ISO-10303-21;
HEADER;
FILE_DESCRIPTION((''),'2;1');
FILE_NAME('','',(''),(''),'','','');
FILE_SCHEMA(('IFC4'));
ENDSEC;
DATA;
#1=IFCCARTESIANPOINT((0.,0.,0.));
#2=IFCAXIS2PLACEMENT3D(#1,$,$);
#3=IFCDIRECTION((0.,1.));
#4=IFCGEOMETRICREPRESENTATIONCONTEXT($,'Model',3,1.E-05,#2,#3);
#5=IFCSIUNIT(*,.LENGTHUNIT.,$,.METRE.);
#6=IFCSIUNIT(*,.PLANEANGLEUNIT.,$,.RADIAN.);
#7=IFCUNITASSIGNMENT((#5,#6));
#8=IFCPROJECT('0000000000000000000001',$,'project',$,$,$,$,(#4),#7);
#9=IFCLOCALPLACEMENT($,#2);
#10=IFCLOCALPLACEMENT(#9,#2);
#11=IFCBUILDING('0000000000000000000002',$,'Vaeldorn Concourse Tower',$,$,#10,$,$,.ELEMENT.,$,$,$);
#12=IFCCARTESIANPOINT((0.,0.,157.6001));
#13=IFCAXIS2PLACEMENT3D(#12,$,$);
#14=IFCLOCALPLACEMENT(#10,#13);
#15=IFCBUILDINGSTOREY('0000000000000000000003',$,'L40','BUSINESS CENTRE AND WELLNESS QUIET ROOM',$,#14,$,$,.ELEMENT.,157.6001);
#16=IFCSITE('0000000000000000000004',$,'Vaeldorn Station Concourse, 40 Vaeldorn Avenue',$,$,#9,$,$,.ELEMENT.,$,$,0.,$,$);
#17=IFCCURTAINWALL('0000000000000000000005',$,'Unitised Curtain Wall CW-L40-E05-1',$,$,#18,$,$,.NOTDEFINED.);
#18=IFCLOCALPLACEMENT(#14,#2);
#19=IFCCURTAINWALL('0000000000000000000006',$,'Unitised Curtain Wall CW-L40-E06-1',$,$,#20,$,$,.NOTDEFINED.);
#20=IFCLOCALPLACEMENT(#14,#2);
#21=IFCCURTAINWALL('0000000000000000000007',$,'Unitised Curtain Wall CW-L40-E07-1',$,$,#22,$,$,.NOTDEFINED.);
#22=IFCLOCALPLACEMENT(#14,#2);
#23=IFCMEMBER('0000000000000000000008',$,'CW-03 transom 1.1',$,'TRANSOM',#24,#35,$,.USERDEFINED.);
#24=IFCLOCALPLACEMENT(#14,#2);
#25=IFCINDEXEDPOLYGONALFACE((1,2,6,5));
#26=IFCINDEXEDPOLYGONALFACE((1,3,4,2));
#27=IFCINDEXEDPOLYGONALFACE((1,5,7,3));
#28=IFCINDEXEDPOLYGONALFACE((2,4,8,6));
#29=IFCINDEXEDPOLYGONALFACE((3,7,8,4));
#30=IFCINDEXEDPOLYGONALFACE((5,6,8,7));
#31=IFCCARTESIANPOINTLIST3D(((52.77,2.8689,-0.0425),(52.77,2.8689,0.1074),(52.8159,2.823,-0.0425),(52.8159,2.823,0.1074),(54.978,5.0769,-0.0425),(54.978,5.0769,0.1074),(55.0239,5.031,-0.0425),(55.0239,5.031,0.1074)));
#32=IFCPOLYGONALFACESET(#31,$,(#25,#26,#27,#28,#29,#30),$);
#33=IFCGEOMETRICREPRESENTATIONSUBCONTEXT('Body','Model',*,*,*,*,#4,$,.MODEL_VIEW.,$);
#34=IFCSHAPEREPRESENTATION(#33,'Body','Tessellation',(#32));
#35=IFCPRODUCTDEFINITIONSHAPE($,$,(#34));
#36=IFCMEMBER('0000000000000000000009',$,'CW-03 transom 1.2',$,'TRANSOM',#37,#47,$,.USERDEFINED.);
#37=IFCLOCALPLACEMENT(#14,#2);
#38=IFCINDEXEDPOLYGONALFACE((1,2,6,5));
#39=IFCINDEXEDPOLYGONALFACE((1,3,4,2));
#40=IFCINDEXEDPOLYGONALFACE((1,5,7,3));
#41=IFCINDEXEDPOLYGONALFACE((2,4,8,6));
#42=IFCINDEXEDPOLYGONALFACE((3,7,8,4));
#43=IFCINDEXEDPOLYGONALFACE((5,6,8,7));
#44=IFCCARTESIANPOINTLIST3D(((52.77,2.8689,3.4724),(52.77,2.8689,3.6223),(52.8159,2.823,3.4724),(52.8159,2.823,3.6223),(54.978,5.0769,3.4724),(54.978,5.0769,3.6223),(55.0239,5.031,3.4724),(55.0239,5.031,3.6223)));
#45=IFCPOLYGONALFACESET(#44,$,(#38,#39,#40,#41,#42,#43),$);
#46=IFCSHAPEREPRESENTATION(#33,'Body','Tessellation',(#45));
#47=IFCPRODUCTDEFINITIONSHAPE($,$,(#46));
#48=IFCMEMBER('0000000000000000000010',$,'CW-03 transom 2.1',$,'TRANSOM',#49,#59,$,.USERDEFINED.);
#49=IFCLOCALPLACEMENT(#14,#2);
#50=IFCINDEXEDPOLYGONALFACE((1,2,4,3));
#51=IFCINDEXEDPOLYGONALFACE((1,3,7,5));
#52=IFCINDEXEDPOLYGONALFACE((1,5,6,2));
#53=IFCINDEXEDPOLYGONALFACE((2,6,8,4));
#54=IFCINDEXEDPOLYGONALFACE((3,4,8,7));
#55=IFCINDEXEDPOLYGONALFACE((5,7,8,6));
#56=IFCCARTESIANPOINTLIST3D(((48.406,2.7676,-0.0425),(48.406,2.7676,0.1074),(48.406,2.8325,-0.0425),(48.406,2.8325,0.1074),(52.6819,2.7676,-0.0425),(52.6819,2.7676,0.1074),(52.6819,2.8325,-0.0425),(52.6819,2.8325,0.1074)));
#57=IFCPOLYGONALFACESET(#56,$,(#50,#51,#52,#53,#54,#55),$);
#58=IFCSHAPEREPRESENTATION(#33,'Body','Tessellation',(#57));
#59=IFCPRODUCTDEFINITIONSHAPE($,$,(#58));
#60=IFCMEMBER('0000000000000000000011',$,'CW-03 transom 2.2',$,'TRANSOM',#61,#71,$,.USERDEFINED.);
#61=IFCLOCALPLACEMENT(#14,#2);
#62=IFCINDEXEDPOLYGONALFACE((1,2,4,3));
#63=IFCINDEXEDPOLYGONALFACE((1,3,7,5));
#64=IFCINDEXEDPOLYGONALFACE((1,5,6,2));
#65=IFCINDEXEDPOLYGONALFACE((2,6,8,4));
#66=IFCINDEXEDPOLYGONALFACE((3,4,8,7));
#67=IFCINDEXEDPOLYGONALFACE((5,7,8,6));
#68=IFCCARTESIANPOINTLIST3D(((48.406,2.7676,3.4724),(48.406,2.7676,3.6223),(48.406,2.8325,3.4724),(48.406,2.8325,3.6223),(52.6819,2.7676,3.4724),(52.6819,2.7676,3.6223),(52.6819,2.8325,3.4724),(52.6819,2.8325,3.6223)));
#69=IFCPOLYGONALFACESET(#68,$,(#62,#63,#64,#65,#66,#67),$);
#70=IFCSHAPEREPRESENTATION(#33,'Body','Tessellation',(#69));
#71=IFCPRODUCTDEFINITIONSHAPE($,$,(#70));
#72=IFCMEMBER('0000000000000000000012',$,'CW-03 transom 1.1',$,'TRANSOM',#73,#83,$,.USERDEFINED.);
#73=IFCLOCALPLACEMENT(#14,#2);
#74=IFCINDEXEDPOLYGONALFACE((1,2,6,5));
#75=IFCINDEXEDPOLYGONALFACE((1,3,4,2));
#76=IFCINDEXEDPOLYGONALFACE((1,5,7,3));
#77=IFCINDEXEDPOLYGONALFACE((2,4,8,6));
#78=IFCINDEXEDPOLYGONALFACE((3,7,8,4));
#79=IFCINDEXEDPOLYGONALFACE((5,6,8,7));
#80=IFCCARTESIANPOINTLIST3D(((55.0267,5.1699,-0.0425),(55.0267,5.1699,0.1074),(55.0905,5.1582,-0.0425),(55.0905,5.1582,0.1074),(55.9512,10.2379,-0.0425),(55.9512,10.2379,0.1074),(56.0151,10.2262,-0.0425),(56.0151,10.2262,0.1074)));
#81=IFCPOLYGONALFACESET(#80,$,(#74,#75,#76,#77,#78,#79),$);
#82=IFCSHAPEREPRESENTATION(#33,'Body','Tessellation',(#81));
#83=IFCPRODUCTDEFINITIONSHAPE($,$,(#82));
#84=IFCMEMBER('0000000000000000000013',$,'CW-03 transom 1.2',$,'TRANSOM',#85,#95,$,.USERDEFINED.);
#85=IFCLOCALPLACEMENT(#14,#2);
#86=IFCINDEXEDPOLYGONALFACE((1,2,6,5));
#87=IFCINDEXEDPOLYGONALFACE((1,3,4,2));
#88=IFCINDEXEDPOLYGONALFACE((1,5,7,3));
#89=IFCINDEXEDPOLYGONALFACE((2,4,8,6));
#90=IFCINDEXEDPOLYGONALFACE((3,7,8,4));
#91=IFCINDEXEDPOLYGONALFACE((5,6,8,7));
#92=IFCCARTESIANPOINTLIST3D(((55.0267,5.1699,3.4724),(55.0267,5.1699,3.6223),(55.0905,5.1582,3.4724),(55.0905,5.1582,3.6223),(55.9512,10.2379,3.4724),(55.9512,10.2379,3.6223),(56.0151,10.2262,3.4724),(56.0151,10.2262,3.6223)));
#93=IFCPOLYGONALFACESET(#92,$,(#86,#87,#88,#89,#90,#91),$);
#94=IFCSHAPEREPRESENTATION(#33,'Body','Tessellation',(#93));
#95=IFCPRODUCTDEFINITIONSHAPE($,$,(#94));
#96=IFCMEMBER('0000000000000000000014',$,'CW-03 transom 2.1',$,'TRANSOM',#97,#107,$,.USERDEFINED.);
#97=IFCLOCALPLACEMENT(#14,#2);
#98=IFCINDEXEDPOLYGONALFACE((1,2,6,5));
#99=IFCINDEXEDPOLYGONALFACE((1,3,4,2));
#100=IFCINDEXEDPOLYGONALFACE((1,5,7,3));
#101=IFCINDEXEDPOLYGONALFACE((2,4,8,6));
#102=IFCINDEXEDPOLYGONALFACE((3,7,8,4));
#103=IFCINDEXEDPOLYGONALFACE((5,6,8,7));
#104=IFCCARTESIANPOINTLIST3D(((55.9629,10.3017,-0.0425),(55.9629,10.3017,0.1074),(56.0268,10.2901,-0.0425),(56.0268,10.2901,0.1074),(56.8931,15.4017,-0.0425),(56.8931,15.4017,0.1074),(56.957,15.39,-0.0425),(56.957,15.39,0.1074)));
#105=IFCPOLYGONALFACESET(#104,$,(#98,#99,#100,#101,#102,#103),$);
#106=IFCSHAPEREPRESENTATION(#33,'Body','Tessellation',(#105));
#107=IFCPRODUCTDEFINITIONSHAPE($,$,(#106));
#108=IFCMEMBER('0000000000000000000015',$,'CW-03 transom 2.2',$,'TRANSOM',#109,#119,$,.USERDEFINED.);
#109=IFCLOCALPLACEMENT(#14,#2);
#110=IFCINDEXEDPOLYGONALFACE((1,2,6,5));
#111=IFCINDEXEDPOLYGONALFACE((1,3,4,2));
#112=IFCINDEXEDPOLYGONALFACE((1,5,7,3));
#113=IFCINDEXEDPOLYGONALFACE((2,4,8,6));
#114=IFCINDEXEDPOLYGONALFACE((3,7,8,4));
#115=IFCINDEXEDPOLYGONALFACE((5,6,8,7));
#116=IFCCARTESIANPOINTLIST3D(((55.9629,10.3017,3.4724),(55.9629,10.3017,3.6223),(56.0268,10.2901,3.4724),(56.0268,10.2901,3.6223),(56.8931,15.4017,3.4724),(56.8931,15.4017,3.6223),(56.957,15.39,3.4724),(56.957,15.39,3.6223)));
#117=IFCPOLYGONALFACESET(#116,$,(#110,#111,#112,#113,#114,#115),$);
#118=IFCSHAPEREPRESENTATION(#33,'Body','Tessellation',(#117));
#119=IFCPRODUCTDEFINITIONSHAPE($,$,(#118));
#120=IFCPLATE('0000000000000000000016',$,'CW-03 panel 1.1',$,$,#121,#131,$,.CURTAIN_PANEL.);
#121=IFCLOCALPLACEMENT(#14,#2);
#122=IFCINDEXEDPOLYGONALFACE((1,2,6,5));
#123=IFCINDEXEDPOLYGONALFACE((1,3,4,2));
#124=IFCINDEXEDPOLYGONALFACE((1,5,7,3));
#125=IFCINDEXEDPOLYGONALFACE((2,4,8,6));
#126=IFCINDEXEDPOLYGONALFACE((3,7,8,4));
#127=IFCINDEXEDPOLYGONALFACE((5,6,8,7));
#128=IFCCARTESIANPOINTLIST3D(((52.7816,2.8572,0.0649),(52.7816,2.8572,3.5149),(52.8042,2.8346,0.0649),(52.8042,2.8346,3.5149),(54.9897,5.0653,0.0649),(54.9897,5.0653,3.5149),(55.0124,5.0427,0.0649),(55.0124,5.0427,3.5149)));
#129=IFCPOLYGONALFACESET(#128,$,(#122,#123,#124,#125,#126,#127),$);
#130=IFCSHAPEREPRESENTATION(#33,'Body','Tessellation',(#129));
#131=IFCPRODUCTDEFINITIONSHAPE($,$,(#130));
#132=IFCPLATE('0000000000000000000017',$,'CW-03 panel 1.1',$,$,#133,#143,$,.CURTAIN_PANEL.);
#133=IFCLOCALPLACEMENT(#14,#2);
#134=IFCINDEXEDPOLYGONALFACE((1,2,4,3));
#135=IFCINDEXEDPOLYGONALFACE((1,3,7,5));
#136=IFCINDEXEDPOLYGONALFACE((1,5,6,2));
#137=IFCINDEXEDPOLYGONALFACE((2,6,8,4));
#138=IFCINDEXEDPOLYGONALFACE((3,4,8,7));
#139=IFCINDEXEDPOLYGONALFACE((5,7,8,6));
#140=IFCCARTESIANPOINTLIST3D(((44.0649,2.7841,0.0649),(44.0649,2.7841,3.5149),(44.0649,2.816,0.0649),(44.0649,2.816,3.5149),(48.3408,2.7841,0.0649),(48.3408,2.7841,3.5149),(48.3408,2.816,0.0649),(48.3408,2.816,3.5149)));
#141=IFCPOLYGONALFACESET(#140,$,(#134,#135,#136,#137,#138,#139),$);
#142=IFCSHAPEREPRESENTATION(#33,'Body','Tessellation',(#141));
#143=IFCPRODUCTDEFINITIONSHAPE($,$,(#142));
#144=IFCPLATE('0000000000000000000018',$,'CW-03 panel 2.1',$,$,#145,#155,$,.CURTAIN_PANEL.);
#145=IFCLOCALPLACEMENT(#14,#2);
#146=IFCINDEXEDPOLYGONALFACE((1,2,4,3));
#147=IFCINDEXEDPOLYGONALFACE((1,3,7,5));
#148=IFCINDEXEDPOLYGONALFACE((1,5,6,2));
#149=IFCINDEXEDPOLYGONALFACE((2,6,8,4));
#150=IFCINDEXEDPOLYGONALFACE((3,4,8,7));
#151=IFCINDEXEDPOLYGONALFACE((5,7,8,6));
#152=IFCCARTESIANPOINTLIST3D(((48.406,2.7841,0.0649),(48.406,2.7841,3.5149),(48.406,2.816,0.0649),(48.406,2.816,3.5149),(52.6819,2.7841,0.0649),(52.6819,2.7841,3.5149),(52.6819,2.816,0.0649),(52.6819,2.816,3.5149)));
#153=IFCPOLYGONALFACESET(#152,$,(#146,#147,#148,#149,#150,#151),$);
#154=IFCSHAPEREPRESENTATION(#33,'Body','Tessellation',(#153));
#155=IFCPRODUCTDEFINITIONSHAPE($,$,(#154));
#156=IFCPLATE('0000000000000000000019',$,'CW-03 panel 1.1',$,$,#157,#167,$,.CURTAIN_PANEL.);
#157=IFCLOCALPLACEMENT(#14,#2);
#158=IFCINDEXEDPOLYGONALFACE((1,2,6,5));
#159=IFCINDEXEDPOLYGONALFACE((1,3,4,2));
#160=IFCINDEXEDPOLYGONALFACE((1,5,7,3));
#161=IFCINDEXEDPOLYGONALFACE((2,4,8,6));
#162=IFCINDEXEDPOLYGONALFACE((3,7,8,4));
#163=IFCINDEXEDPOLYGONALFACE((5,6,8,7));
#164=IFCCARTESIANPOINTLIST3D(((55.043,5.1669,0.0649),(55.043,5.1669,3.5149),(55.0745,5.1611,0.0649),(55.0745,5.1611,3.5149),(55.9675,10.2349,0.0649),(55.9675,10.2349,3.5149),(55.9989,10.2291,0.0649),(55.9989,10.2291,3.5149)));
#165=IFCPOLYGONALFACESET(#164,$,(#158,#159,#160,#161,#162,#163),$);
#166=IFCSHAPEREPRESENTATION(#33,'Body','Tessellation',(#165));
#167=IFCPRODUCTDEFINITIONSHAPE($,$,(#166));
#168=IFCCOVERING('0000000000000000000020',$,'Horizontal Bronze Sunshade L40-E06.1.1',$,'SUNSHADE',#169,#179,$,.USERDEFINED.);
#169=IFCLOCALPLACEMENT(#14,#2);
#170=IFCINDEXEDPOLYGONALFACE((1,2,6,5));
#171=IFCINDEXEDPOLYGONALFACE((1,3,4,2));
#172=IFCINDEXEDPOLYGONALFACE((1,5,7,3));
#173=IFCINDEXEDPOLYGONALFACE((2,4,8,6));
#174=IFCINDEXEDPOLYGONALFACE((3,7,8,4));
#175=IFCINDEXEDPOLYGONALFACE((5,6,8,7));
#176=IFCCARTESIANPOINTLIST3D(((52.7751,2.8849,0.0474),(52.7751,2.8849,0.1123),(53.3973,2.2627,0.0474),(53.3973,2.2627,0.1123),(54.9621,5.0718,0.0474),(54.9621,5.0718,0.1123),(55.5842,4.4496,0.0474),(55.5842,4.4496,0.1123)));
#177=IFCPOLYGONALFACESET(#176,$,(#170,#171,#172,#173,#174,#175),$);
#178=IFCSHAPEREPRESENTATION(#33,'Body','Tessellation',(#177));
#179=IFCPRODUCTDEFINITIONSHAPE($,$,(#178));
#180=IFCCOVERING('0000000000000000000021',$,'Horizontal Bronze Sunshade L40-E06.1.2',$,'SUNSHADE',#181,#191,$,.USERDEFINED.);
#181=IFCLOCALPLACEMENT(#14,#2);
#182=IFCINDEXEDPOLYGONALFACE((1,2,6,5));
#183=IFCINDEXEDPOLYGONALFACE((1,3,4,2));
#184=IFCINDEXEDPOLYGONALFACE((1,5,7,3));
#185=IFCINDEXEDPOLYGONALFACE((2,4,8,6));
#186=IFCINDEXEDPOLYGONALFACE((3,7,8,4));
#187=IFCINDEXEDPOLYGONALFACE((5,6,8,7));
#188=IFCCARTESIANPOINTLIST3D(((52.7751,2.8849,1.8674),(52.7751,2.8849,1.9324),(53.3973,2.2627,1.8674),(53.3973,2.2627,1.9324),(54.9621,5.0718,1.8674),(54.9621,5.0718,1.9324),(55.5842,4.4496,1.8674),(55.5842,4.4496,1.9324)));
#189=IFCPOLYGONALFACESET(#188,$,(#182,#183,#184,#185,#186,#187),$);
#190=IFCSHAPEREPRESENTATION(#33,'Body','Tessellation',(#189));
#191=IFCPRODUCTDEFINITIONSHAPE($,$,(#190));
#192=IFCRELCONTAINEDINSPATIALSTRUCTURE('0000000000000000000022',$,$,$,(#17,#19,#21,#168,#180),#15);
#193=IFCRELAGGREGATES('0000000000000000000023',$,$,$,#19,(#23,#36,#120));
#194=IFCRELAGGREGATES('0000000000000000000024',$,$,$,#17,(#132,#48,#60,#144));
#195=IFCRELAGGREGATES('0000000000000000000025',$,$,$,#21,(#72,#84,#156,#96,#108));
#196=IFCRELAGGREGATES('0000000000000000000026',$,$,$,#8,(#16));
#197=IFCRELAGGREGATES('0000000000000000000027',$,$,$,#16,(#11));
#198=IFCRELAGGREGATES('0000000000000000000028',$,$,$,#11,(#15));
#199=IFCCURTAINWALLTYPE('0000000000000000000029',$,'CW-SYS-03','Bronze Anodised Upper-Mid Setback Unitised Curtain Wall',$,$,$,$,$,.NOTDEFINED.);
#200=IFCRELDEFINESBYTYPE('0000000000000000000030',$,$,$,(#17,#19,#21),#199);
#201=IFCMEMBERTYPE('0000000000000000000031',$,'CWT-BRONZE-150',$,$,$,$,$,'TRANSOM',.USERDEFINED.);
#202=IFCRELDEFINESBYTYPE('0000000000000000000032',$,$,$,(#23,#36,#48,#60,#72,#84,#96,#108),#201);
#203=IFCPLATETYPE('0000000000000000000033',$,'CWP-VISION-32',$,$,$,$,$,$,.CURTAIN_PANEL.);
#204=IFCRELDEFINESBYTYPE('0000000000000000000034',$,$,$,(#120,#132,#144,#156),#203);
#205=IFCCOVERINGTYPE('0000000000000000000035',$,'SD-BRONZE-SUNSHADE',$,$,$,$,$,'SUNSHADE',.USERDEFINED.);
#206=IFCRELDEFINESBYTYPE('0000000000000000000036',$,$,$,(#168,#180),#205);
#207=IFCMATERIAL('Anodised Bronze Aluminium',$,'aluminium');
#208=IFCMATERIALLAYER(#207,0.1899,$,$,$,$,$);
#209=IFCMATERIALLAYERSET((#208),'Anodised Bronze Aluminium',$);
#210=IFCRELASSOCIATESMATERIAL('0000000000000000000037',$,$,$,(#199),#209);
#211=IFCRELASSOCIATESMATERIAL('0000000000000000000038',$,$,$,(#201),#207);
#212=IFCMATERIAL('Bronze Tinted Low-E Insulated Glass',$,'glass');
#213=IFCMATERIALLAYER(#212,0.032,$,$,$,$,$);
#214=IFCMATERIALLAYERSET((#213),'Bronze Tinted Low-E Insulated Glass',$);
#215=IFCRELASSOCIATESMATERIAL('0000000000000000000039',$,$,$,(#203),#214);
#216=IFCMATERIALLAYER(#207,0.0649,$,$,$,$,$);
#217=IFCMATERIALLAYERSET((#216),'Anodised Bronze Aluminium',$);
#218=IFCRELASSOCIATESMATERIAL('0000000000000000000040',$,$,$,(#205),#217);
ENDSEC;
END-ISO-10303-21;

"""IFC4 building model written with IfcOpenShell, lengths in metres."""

from ifc_helpers import new_model, si_unit, direction, frame, origin, origin_2d, place, context, subcontext, project, spatial, rectangle, extrude, source, transform, mapped, material, layer, layer_set, material_profile, profile_set, type_object, element, aggregate, save


model = new_model("IFC4")

# Units and contexts
model_context = context("Model", 3, precision=1e-05, world=origin(), true_north=direction((0.0, 1.0)))
body_context = subcontext(model_context, "Body", "Model", "MODEL_VIEW")
ifc_project = project(units=[si_unit("LENGTHUNIT", "METRE"), si_unit("PLANEANGLEUNIT", "RADIAN")], contexts=[model_context])

# Site, building, storey
site_placement = place(None, origin())
site = spatial("IfcSite", under=ifc_project, at=site_placement, Name="Vaeldorn Station Concourse, 40 Vaeldorn Avenue", CompositionType="ELEMENT", RefElevation=0.0)
building_placement = place(site_placement, origin())
building = spatial("IfcBuilding", under=site, at=building_placement, Name="Vaeldorn Concourse Tower", CompositionType="ELEMENT")
storey_placement = place(building_placement, frame((0.0, 0.0, 157.6001)))
storey = spatial("IfcBuildingStorey", under=building, at=storey_placement, Name="L40", Description="BUSINESS CENTRE AND WELLNESS QUIET ROOM", CompositionType="ELEMENT", Elevation=157.6001)

# Curtain walls
ifc_material_1 = material(Name="Anodised Bronze Aluminium", Category="aluminium")
ifc_layer_1 = layer(ifc_material_1, 0.1899)
ifc_layer_set_1 = layer_set([ifc_layer_1], Name="Anodised Bronze Aluminium")
curtain_wall_type = type_object("IfcCurtainWallType", Name="CW-SYS-03", Description="Bronze Anodised Upper-Mid Setback Unitised Curtain Wall", PredefinedType="NOTDEFINED", material=ifc_layer_set_1)
curtain_wall_1_placement = place(storey_placement, origin())
curtain_wall_1 = element("IfcCurtainWall", 1, at=curtain_wall_1_placement, inside=storey, type_object=curtain_wall_type, Name="Unitised Curtain Wall CW-L40-E05-1", PredefinedType="NOTDEFINED")
curtain_wall_2_placement = place(storey_placement, origin())
curtain_wall_2 = element("IfcCurtainWall", 2, at=curtain_wall_2_placement, inside=storey, type_object=curtain_wall_type, Name="Unitised Curtain Wall CW-L40-E06-1", PredefinedType="NOTDEFINED")
curtain_wall_3_placement = place(storey_placement, origin())
curtain_wall_3 = element("IfcCurtainWall", 3, at=curtain_wall_3_placement, inside=storey, type_object=curtain_wall_type, Name="Unitised Curtain Wall CW-L40-E07-1", PredefinedType="NOTDEFINED")

# Members
ifc_material_profile_1 = material_profile(ifc_material_1, rectangle(XDim=0.0649, YDim=0.1499, at=origin_2d()), Name="CWT 65x150")
ifc_profile_set_1 = profile_set([ifc_material_profile_1], Name="Anodised Bronze Aluminium")
member_type_1 = type_object("IfcMemberType", Name="CWT-BRONZE-150", ElementType="TRANSOM", PredefinedType="USERDEFINED", material=ifc_profile_set_1)
shared_shape_1 = source(origin(), body_context, "Body", "SweptSolid", [
    extrude(rectangle(XDim=0.0649, YDim=0.1499, at=origin_2d()), origin(), (0.0, 0.0, 1.0), 3.1226),
])
member_1_placement = place(storey_placement, frame((52.793, 2.8459, 0.0325), z_axis=(0.707107, 0.707107, 0.0), x_axis=(-0.707107, 0.707107, 0.0)))
member_1 = element("IfcMember", 4, at=member_1_placement, type_object=member_type_1, Name="CW-03 transom 1.1", ObjectType="TRANSOM", PredefinedType="USERDEFINED", context=body_context, shape_type="MappedRepresentation", body=[
    mapped(shared_shape_1, transform((0.0, 0.0, 0.0), scale=1.0)),
])
member_2_placement = place(storey_placement, frame((52.793, 2.8459, 3.5474), z_axis=(0.707107, 0.707107, 0.0), x_axis=(-0.707107, 0.707107, 0.0)))
member_2 = element("IfcMember", 5, at=member_2_placement, type_object=member_type_1, Name="CW-03 transom 1.2", ObjectType="TRANSOM", PredefinedType="USERDEFINED", context=body_context, shape_type="MappedRepresentation", body=[
    mapped(shared_shape_1, transform((0.0, 0.0, 0.0), scale=1.0)),
])
shared_shape_2 = source(origin(), body_context, "Body", "SweptSolid", [
    extrude(rectangle(XDim=0.0649, YDim=0.1499, at=origin_2d()), origin(), (0.0, 0.0, 1.0), 4.2759),
])
member_3_placement = place(storey_placement, frame((48.406, 2.8, 0.0325), z_axis=(1.0, 0.0, 0.0), x_axis=(0.0, 1.0, 0.0)))
member_3 = element("IfcMember", 6, at=member_3_placement, type_object=member_type_1, Name="CW-03 transom 2.1", ObjectType="TRANSOM", PredefinedType="USERDEFINED", context=body_context, shape_type="MappedRepresentation", body=[
    mapped(shared_shape_2, transform((0.0, 0.0, 0.0), scale=1.0)),
])
member_4_placement = place(storey_placement, frame((48.406, 2.8, 3.5474), z_axis=(1.0, 0.0, 0.0), x_axis=(0.0, 1.0, 0.0)))
member_4 = element("IfcMember", 7, at=member_4_placement, type_object=member_type_1, Name="CW-03 transom 2.2", ObjectType="TRANSOM", PredefinedType="USERDEFINED", context=body_context, shape_type="MappedRepresentation", body=[
    mapped(shared_shape_2, transform((0.0, 0.0, 0.0), scale=1.0)),
])
shared_shape_3 = source(origin(), body_context, "Body", "SweptSolid", [
    extrude(rectangle(XDim=0.0649, YDim=0.1499, at=origin_2d()), origin(), (0.0, 0.0, 1.0), 5.1516),
])
member_5_placement = place(storey_placement, frame((55.0586, 5.1641, 0.0325), z_axis=(0.179473, 0.983763, 0.0), x_axis=(-0.983763, 0.179473, 0.0)))
member_5 = element("IfcMember", 8, at=member_5_placement, type_object=member_type_1, Name="CW-03 transom 1.1", ObjectType="TRANSOM", PredefinedType="USERDEFINED", context=body_context, shape_type="MappedRepresentation", body=[
    mapped(shared_shape_3, transform((0.0, 0.0, 0.0), scale=1.0)),
])
member_6_placement = place(storey_placement, frame((55.0586, 5.1641, 3.5474), z_axis=(0.179473, 0.983763, 0.0), x_axis=(-0.983763, 0.179473, 0.0)))
member_6 = element("IfcMember", 9, at=member_6_placement, type_object=member_type_1, Name="CW-03 transom 1.2", ObjectType="TRANSOM", PredefinedType="USERDEFINED", context=body_context, shape_type="MappedRepresentation", body=[
    mapped(shared_shape_3, transform((0.0, 0.0, 0.0), scale=1.0)),
])
shared_shape_4 = source(origin(), body_context, "Body", "SweptSolid", [
    extrude(rectangle(XDim=0.0649, YDim=0.1499, at=origin_2d()), origin(), (0.0, 0.0, 1.0), 5.1841),
])
member_7_placement = place(storey_placement, frame((55.9949, 10.2959, 0.0325), z_axis=(0.179432, 0.98377, 0.0), x_axis=(-0.98377, 0.179432, 0.0)))
member_7 = element("IfcMember", 10, at=member_7_placement, type_object=member_type_1, Name="CW-03 transom 2.1", ObjectType="TRANSOM", PredefinedType="USERDEFINED", context=body_context, shape_type="MappedRepresentation", body=[
    mapped(shared_shape_4, transform((0.0, 0.0, 0.0), scale=1.0)),
])
member_8_placement = place(storey_placement, frame((55.9949, 10.2959, 3.5474), z_axis=(0.179432, 0.98377, 0.0), x_axis=(-0.98377, 0.179432, 0.0)))
member_8 = element("IfcMember", 11, at=member_8_placement, type_object=member_type_1, Name="CW-03 transom 2.2", ObjectType="TRANSOM", PredefinedType="USERDEFINED", context=body_context, shape_type="MappedRepresentation", body=[
    mapped(shared_shape_4, transform((0.0, 0.0, 0.0), scale=1.0)),
])

# Plates
ifc_material_2 = material(Name="Bronze Tinted Low-E Insulated Glass", Category="glass")
ifc_layer_2 = layer(ifc_material_2, 0.032)
ifc_layer_set_2 = layer_set([ifc_layer_2], Name="Bronze Tinted Low-E Insulated Glass")
plate_type = type_object("IfcPlateType", Name="CWP-VISION-32", PredefinedType="CURTAIN_PANEL", material=ifc_layer_set_2)
shared_shape_5 = source(origin(), body_context, "Body", "SweptSolid", [
    extrude(rectangle(XDim=3.1228, YDim=0.032, at=origin_2d()), origin(), (0.0, 0.0, 1.0), 3.45),
])
plate_1_placement = place(storey_placement, frame((53.897, 3.95, 0.0649), z_axis=(0.0, 0.0, 1.0), x_axis=(0.707107, 0.707107, 0.0)))
plate_1 = element("IfcPlate", 12, at=plate_1_placement, type_object=plate_type, Name="CW-03 panel 1.1", PredefinedType="CURTAIN_PANEL", context=body_context, shape_type="MappedRepresentation", body=[
    mapped(shared_shape_5, transform((0.0, 0.0, 0.0), scale=1.0)),
])
aggregate(curtain_wall_2, [member_1, member_2, plate_1])
shared_shape_6 = source(origin(), body_context, "Body", "SweptSolid", [
    extrude(rectangle(XDim=4.2759, YDim=0.032, at=origin_2d()), origin(), (0.0, 0.0, 1.0), 3.45),
])
plate_2_placement = place(storey_placement, frame((46.2029, 2.8, 0.0649), z_axis=(0.0, 0.0, 1.0), x_axis=(1.0, 0.0, 0.0)))
plate_2 = element("IfcPlate", 13, at=plate_2_placement, type_object=plate_type, Name="CW-03 panel 1.1", PredefinedType="CURTAIN_PANEL", context=body_context, shape_type="MappedRepresentation", body=[
    mapped(shared_shape_6, transform((0.0, 0.0, 0.0), scale=1.0)),
])
plate_3_placement = place(storey_placement, frame((50.5439, 2.8, 0.0649), z_axis=(0.0, 0.0, 1.0), x_axis=(1.0, 0.0, 0.0)))
plate_3 = element("IfcPlate", 14, at=plate_3_placement, type_object=plate_type, Name="CW-03 panel 2.1", PredefinedType="CURTAIN_PANEL", context=body_context, shape_type="MappedRepresentation", body=[
    mapped(shared_shape_6, transform((0.0, 0.0, 0.0), scale=1.0)),
])
aggregate(curtain_wall_1, [plate_2, member_3, member_4, plate_3])
shared_shape_7 = source(origin(), body_context, "Body", "SweptSolid", [
    extrude(rectangle(XDim=5.1516, YDim=0.032, at=origin_2d()), origin(), (0.0, 0.0, 1.0), 3.45),
])
plate_4_placement = place(storey_placement, frame((55.521, 7.698, 0.0649), z_axis=(0.0, 0.0, 1.0), x_axis=(0.179446, 0.983768, 0.0)))
plate_4 = element("IfcPlate", 15, at=plate_4_placement, type_object=plate_type, Name="CW-03 panel 1.1", PredefinedType="CURTAIN_PANEL", context=body_context, shape_type="MappedRepresentation", body=[
    mapped(shared_shape_7, transform((0.0, 0.0, 0.0), scale=1.0)),
])
aggregate(curtain_wall_3, [member_5, member_6, plate_4, member_7, member_8])

# Coverings
ifc_layer_3 = layer(ifc_material_1, 0.0649)
ifc_layer_set_3 = layer_set([ifc_layer_3], Name="Anodised Bronze Aluminium")
covering_type = type_object("IfcCoveringType", Name="SD-BRONZE-SUNSHADE", ElementType="SUNSHADE", PredefinedType="USERDEFINED", material=ifc_layer_set_3)
shared_shape_8 = source(origin(), body_context, "Body", "SweptSolid", [
    extrude(rectangle(XDim=3.0928, YDim=0.8799, at=origin_2d()), origin(), (0.0, 0.0, 1.0), 0.0649),
])
for number, where, z_axis, x_axis, name in (
    (16, (54.1797, 3.6672, 0.0474), (0.0, 0.0, 1.0), (0.707107, 0.707107, 0.0), "Horizontal Bronze Sunshade L40-E06.1.1"),
    (17, (54.1797, 3.6672, 1.8674), (0.0, 0.0, 1.0), (0.707107, 0.707107, 0.0), "Horizontal Bronze Sunshade L40-E06.1.2"),
):
    element("IfcCovering", number, at=place(storey_placement, frame(where, z_axis=z_axis, x_axis=x_axis)), inside=storey, type_object=covering_type, Name=name, ObjectType="SUNSHADE", PredefinedType="USERDEFINED", context=body_context, shape_type="MappedRepresentation", body=[
        mapped(shared_shape_8, transform((0.0, 0.0, 0.0), scale=1.0)),
    ])

save(model, "model.ifc")
